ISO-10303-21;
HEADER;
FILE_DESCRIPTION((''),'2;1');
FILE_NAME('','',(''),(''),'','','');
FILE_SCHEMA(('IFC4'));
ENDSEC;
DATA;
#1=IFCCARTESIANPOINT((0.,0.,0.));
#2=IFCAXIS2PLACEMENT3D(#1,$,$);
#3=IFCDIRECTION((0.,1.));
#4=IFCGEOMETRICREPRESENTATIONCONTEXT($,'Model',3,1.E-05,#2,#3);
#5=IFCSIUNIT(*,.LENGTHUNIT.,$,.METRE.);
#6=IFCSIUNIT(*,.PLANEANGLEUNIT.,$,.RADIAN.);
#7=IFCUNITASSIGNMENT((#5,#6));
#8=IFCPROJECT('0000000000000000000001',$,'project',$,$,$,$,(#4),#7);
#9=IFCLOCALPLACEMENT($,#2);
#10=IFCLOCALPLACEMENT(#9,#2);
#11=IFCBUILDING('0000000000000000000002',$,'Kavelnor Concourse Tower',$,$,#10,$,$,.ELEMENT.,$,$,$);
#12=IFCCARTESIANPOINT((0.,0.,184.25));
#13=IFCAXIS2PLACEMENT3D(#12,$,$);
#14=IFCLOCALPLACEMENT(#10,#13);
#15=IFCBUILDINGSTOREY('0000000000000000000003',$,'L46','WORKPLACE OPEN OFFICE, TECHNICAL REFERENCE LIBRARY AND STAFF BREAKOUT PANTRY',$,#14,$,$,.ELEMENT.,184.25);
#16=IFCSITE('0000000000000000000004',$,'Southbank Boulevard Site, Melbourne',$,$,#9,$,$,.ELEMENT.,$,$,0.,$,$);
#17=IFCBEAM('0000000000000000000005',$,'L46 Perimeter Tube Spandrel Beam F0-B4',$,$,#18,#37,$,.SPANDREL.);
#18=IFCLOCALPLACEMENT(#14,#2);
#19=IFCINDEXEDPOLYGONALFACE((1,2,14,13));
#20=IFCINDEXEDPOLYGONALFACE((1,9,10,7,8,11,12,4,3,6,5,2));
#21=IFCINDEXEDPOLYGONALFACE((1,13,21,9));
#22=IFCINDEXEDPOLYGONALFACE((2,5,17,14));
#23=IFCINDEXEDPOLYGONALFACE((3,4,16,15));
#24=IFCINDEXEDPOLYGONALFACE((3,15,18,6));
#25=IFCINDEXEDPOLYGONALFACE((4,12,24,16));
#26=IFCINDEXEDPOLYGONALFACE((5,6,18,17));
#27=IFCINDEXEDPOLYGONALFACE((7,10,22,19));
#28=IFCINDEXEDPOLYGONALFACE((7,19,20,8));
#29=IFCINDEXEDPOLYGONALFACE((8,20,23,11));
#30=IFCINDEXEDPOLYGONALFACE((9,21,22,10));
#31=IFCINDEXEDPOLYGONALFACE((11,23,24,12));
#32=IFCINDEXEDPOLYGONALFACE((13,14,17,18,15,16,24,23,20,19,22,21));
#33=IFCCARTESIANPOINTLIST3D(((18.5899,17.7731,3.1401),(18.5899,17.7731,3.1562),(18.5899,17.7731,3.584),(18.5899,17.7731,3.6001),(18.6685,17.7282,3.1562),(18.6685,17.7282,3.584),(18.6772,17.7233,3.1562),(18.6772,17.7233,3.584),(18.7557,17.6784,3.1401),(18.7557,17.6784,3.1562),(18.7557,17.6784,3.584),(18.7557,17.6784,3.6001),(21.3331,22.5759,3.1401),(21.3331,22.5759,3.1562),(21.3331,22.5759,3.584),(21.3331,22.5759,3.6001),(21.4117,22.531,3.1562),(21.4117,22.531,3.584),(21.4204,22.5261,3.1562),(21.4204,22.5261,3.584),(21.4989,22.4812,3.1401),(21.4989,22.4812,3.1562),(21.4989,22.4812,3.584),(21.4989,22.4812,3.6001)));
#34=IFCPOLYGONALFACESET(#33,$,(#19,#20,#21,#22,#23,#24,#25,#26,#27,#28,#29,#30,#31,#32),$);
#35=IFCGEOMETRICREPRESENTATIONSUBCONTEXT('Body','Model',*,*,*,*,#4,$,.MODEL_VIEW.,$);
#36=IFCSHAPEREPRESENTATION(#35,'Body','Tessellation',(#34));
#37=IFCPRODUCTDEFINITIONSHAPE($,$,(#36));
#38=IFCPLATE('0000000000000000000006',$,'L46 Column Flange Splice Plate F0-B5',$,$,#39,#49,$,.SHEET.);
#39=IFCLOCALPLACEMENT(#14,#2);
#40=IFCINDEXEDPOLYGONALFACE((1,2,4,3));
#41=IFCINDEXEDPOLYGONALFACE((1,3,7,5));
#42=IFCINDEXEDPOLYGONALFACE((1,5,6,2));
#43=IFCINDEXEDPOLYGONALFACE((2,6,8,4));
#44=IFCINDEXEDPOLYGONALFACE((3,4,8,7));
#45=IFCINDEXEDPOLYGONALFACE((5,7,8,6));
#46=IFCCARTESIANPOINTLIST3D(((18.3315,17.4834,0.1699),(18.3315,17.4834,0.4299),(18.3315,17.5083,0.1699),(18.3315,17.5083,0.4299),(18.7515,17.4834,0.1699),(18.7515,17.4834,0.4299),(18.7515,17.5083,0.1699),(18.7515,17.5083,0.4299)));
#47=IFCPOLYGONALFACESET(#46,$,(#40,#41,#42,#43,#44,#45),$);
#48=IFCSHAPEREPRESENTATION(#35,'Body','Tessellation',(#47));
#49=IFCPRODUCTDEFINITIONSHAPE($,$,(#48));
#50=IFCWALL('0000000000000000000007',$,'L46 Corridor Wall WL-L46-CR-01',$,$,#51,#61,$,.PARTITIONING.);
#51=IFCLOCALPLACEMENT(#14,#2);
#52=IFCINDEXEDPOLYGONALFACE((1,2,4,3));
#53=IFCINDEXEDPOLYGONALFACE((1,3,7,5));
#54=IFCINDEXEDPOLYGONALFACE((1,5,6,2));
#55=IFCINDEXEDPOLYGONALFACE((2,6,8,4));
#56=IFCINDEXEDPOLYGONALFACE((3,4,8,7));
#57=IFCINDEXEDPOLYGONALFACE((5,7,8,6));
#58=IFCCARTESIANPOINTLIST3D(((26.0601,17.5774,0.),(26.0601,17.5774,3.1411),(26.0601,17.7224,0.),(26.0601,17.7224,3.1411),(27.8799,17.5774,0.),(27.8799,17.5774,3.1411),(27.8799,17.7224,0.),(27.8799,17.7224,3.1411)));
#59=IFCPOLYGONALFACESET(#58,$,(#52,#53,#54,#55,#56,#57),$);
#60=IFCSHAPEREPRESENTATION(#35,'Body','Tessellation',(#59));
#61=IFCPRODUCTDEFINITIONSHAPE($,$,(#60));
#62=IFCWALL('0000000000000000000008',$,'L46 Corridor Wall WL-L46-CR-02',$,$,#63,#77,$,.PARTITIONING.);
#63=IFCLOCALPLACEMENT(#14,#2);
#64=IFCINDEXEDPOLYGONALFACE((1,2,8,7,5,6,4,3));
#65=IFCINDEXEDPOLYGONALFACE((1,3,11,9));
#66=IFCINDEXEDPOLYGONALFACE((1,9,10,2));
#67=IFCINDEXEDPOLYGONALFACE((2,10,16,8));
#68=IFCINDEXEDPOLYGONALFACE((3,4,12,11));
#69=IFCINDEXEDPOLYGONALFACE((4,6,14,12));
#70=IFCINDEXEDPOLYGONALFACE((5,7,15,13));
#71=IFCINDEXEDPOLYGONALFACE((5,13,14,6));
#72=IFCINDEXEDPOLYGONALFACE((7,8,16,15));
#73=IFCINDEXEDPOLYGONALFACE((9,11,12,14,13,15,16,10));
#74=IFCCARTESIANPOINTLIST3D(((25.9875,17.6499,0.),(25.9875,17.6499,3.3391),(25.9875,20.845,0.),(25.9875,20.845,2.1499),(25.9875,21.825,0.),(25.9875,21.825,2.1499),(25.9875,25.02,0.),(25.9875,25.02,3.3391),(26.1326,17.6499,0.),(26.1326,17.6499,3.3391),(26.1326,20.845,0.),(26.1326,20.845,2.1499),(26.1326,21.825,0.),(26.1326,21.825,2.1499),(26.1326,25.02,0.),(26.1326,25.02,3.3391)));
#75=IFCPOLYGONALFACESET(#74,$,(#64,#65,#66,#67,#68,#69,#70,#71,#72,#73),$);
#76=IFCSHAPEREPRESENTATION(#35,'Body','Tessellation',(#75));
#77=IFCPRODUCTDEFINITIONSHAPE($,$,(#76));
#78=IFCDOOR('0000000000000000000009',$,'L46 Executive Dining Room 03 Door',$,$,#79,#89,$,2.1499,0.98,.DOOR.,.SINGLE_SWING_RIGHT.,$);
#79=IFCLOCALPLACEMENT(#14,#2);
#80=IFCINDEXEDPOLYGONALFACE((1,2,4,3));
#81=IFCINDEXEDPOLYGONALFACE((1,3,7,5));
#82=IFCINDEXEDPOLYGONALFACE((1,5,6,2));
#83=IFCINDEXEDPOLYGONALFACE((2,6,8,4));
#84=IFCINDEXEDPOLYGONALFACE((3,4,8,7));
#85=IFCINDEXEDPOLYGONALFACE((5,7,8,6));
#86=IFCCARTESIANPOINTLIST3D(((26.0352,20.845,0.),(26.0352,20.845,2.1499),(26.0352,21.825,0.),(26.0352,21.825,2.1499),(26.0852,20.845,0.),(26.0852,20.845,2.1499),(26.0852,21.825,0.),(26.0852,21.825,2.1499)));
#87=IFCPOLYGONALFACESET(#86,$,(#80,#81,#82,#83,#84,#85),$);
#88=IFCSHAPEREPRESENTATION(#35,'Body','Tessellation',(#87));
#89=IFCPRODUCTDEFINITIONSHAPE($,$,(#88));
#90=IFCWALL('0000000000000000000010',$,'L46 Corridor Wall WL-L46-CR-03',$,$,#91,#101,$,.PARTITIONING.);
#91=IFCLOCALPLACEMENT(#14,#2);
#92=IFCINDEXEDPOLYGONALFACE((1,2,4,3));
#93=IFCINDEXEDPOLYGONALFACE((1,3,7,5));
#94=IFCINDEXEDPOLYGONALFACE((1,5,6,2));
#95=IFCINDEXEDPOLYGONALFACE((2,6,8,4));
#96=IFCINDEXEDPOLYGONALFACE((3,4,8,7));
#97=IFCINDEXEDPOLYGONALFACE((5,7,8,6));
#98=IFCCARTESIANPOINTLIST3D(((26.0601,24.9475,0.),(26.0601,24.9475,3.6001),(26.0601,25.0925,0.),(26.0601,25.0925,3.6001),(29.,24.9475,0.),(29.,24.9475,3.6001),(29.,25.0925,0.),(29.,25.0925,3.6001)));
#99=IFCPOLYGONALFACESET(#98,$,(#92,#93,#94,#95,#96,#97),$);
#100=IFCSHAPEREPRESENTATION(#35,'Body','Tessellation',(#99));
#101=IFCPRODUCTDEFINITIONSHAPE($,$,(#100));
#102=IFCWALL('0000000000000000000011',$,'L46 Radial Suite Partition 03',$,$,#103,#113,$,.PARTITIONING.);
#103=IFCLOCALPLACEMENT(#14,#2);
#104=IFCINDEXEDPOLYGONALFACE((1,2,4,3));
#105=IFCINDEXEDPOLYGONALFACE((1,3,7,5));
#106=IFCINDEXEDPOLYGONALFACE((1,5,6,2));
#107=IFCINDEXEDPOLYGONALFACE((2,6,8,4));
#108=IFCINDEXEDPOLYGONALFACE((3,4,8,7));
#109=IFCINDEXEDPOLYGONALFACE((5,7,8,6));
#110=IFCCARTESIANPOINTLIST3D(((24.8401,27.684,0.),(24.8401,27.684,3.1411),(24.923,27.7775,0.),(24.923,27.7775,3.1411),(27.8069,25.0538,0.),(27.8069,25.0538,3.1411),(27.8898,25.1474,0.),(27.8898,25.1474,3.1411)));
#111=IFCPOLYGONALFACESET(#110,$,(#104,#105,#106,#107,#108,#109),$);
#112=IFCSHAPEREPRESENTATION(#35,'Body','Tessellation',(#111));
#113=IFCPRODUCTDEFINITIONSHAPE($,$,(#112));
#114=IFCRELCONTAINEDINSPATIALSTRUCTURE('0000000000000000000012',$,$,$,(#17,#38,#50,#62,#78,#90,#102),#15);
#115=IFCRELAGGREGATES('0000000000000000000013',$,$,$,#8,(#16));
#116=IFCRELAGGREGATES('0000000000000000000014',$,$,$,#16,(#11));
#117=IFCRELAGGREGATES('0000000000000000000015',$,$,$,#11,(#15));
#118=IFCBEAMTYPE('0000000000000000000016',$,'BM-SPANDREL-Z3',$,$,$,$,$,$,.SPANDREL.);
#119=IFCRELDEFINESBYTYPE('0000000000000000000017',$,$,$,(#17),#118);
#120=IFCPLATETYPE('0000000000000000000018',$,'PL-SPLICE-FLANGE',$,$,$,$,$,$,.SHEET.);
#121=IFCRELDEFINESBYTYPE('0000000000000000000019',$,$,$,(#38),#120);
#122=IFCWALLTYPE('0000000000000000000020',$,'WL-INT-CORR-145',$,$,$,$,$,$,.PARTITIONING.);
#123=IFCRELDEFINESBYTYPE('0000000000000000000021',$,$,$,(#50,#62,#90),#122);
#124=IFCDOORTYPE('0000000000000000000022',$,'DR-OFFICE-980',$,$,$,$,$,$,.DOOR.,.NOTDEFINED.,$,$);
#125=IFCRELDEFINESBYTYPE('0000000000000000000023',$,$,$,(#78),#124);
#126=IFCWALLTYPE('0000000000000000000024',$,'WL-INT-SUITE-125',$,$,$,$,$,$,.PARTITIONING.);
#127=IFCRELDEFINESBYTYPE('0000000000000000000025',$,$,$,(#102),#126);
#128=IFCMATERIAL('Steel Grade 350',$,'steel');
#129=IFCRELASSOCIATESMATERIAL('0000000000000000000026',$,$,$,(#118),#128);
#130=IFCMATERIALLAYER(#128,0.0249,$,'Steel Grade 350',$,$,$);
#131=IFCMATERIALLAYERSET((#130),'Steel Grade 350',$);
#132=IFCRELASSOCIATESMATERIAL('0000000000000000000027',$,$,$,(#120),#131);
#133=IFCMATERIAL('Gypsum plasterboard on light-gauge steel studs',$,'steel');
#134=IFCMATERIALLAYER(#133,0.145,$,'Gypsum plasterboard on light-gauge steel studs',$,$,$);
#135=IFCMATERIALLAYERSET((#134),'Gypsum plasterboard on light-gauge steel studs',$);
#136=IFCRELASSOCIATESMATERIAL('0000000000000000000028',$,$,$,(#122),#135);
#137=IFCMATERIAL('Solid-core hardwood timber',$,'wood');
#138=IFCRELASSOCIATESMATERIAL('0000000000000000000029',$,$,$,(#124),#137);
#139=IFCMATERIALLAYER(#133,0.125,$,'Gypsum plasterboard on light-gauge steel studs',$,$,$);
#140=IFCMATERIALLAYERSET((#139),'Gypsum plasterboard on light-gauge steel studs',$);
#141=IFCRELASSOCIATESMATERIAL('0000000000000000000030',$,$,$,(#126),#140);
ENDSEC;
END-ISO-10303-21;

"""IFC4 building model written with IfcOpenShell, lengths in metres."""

from ifc_helpers import new_model, si_unit, direction, frame, frame_2d, origin, origin_2d, place, context, subcontext, project, spatial, rectangle, i_section, extrude, material, layer, layer_set, material_profile, profile_set, type_object, element, fill, save


model = new_model("IFC4")

# Units and contexts
model_context = context("Model", 3, precision=1e-05, world=origin(), true_north=direction((0.0, 1.0)))
body_context = subcontext(model_context, "Body", "Model", "MODEL_VIEW")
ifc_project = project(units=[si_unit("LENGTHUNIT", "METRE"), si_unit("PLANEANGLEUNIT", "RADIAN")], contexts=[model_context])

# Site, building, storey
site_placement = place(None, origin())
site = spatial("IfcSite", under=ifc_project, at=site_placement, Name="Southbank Boulevard Site, Melbourne", CompositionType="ELEMENT", RefElevation=0.0)
building_placement = place(site_placement, origin())
building = spatial("IfcBuilding", under=site, at=building_placement, Name="Kavelnor Concourse Tower", CompositionType="ELEMENT")
storey_placement = place(building_placement, frame((0.0, 0.0, 184.25)))
storey = spatial("IfcBuildingStorey", under=building, at=storey_placement, Name="L46", Description="WORKPLACE OPEN OFFICE, TECHNICAL REFERENCE LIBRARY AND STAFF BREAKOUT PANTRY", CompositionType="ELEMENT", Elevation=184.25)

# Shared definitions
ifc_material_1 = material(Name="Steel Grade 350", Category="steel")

# Beam
ifc_material_profile_1 = material_profile(ifc_material_1, i_section(OverallWidth=0.1909, OverallDepth=0.46, WebThickness=0.01, FlangeThickness=0.0161, at=origin_2d()), Name="460UB82")
ifc_profile_set_1 = profile_set([ifc_material_profile_1], Name="Steel Grade 350")
beam_type_1 = type_object("IfcBeamType", Name="BM-SPANDREL-Z3", PredefinedType="SPANDREL", material=ifc_profile_set_1)
beam_1_placement = place(storey_placement, frame((21.416, 22.5286, 3.3701), z_axis=(-0.495968, -0.868341, 0.0), x_axis=(0.868341, -0.495968, 0.0)))
element("IfcBeam", 1, at=beam_1_placement, inside=storey, type_object=beam_type_1, Name="L46 Perimeter Tube Spandrel Beam F0-B4", PredefinedType="SPANDREL", context=body_context, shape_type="SweptSolid", body=[
    extrude(i_section(OverallWidth=0.1909, OverallDepth=0.46, WebThickness=0.01, FlangeThickness=0.0161, at=origin_2d()), origin(), (0.0, 0.0, 1.0), 5.531),
])

# Plate
ifc_layer_1 = layer(ifc_material_1, 0.0249, Name="Steel Grade 350")
ifc_layer_set_1 = layer_set([ifc_layer_1], Name="Steel Grade 350")
plate_type = type_object("IfcPlateType", Name="PL-SPLICE-FLANGE", PredefinedType="SHEET", material=ifc_layer_set_1)
plate_placement = place(storey_placement, frame((18.5415, 17.4958, 0.1699), z_axis=(0.0, 0.0, 1.0), x_axis=(1.0, 0.0, 0.0)))
element("IfcPlate", 2, at=plate_placement, inside=storey, type_object=plate_type, Name="L46 Column Flange Splice Plate F0-B5", PredefinedType="SHEET", context=body_context, shape_type="SweptSolid", body=[
    extrude(rectangle(XDim=0.4199, YDim=0.0249, at=origin_2d()), origin(), (0.0, 0.0, 1.0), 0.26),
])

# Wall
ifc_material_2 = material(Name="Gypsum plasterboard on light-gauge steel studs", Category="steel")
ifc_layer_2 = layer(ifc_material_2, 0.145, Name="Gypsum plasterboard on light-gauge steel studs")
ifc_layer_set_2 = layer_set([ifc_layer_2], Name="Gypsum plasterboard on light-gauge steel studs")
wall_type_1 = type_object("IfcWallType", Name="WL-INT-CORR-145", PredefinedType="PARTITIONING", material=ifc_layer_set_2)
wall_1_placement = place(storey_placement, frame((27.8799, 17.6499, 0.0), z_axis=(0.0, 0.0, 1.0), x_axis=(-1.0, 0.0, 0.0)))
element("IfcWall", 3, at=wall_1_placement, inside=storey, type_object=wall_type_1, Name="L46 Corridor Wall WL-L46-CR-01", PredefinedType="PARTITIONING", context=body_context, shape_type="SweptSolid", body=[
    extrude(rectangle(XDim=1.8198, YDim=0.145, at=frame_2d((0.9099, 0.0))), origin(), (0.0, 0.0, 1.0), 3.1411),
])

# Wall, opening, door
wall_2_placement = place(storey_placement, frame((26.0601, 17.6499, 0.0), z_axis=(0.0, 0.0, 1.0), x_axis=(0.0, 1.0, 0.0)))
wall_2 = element("IfcWall", 4, at=wall_2_placement, inside=storey, type_object=wall_type_1, Name="L46 Corridor Wall WL-L46-CR-02", PredefinedType="PARTITIONING", context=body_context, shape_type="SweptSolid", body=[
    extrude(rectangle(XDim=7.3701, YDim=0.145, at=frame_2d((3.6851, 0.0))), origin(), (0.0, 0.0, 1.0), 3.3391),
])
opening_placement = place(wall_2_placement, frame((3.1951, 0.0, 0.0)))
opening = element("IfcOpeningElement", 5, at=opening_placement, cuts=wall_2, PredefinedType="OPENING", context=body_context, shape_type="SweptSolid", body=[
    extrude(rectangle(XDim=0.98, YDim=2.1499, at=frame_2d((0.49, 1.075))), frame((0.0, 0.0825, 0.0), z_axis=(0.0, -1.0, 0.0), x_axis=(1.0, 0.0, 0.0)), (0.0, 0.0, 1.0), 0.165),
])
ifc_material_3 = material(Name="Solid-core hardwood timber", Category="wood")
door_type = type_object("IfcDoorType", Name="DR-OFFICE-980", OperationType="NOTDEFINED", PredefinedType="DOOR", material=ifc_material_3)
door_placement = place(opening_placement, origin())
door = element("IfcDoor", 6, at=door_placement, inside=storey, type_object=door_type, Name="L46 Executive Dining Room 03 Door", OperationType="SINGLE_SWING_RIGHT", OverallHeight=2.1499, OverallWidth=0.98, PredefinedType="DOOR", context=body_context, shape_type="SweptSolid", body=[
    extrude(rectangle(XDim=0.98, YDim=2.1499, at=frame_2d((0.49, 1.075))), frame((0.0, 0.0249, 0.0), z_axis=(0.0, -1.0, 0.0), x_axis=(1.0, 0.0, 0.0)), (0.0, 0.0, 1.0), 0.05),
])
fill(opening, door)

# Walls
wall_3_placement = place(storey_placement, frame((26.0601, 25.02, 0.0), z_axis=(0.0, 0.0, 1.0), x_axis=(1.0, 0.0, 0.0)))
element("IfcWall", 7, at=wall_3_placement, inside=storey, type_object=wall_type_1, Name="L46 Corridor Wall WL-L46-CR-03", PredefinedType="PARTITIONING", context=body_context, shape_type="SweptSolid", body=[
    extrude(rectangle(XDim=2.9399, YDim=0.145, at=frame_2d((1.47, 0.0))), origin(), (0.0, 0.0, 1.0), 3.6001),
])
ifc_layer_3 = layer(ifc_material_2, 0.125, Name="Gypsum plasterboard on light-gauge steel studs")
ifc_layer_set_3 = layer_set([ifc_layer_3], Name="Gypsum plasterboard on light-gauge steel studs")
wall_type_2 = type_object("IfcWallType", Name="WL-INT-SUITE-125", PredefinedType="PARTITIONING", material=ifc_layer_set_3)
wall_4_placement = place(storey_placement, frame((27.8484, 25.1006, 0.0), z_axis=(0.0, 0.0, 1.0), x_axis=(-0.748289, 0.663373, 0.0)))
element("IfcWall", 8, at=wall_4_placement, inside=storey, type_object=wall_type_2, Name="L46 Radial Suite Partition 03", PredefinedType="PARTITIONING", context=body_context, shape_type="SweptSolid", body=[
    extrude(rectangle(XDim=3.9648, YDim=0.125, at=frame_2d((1.9824, 0.0))), origin(), (0.0, 0.0, 1.0), 3.1411),
])

save(model, "model.ifc")
